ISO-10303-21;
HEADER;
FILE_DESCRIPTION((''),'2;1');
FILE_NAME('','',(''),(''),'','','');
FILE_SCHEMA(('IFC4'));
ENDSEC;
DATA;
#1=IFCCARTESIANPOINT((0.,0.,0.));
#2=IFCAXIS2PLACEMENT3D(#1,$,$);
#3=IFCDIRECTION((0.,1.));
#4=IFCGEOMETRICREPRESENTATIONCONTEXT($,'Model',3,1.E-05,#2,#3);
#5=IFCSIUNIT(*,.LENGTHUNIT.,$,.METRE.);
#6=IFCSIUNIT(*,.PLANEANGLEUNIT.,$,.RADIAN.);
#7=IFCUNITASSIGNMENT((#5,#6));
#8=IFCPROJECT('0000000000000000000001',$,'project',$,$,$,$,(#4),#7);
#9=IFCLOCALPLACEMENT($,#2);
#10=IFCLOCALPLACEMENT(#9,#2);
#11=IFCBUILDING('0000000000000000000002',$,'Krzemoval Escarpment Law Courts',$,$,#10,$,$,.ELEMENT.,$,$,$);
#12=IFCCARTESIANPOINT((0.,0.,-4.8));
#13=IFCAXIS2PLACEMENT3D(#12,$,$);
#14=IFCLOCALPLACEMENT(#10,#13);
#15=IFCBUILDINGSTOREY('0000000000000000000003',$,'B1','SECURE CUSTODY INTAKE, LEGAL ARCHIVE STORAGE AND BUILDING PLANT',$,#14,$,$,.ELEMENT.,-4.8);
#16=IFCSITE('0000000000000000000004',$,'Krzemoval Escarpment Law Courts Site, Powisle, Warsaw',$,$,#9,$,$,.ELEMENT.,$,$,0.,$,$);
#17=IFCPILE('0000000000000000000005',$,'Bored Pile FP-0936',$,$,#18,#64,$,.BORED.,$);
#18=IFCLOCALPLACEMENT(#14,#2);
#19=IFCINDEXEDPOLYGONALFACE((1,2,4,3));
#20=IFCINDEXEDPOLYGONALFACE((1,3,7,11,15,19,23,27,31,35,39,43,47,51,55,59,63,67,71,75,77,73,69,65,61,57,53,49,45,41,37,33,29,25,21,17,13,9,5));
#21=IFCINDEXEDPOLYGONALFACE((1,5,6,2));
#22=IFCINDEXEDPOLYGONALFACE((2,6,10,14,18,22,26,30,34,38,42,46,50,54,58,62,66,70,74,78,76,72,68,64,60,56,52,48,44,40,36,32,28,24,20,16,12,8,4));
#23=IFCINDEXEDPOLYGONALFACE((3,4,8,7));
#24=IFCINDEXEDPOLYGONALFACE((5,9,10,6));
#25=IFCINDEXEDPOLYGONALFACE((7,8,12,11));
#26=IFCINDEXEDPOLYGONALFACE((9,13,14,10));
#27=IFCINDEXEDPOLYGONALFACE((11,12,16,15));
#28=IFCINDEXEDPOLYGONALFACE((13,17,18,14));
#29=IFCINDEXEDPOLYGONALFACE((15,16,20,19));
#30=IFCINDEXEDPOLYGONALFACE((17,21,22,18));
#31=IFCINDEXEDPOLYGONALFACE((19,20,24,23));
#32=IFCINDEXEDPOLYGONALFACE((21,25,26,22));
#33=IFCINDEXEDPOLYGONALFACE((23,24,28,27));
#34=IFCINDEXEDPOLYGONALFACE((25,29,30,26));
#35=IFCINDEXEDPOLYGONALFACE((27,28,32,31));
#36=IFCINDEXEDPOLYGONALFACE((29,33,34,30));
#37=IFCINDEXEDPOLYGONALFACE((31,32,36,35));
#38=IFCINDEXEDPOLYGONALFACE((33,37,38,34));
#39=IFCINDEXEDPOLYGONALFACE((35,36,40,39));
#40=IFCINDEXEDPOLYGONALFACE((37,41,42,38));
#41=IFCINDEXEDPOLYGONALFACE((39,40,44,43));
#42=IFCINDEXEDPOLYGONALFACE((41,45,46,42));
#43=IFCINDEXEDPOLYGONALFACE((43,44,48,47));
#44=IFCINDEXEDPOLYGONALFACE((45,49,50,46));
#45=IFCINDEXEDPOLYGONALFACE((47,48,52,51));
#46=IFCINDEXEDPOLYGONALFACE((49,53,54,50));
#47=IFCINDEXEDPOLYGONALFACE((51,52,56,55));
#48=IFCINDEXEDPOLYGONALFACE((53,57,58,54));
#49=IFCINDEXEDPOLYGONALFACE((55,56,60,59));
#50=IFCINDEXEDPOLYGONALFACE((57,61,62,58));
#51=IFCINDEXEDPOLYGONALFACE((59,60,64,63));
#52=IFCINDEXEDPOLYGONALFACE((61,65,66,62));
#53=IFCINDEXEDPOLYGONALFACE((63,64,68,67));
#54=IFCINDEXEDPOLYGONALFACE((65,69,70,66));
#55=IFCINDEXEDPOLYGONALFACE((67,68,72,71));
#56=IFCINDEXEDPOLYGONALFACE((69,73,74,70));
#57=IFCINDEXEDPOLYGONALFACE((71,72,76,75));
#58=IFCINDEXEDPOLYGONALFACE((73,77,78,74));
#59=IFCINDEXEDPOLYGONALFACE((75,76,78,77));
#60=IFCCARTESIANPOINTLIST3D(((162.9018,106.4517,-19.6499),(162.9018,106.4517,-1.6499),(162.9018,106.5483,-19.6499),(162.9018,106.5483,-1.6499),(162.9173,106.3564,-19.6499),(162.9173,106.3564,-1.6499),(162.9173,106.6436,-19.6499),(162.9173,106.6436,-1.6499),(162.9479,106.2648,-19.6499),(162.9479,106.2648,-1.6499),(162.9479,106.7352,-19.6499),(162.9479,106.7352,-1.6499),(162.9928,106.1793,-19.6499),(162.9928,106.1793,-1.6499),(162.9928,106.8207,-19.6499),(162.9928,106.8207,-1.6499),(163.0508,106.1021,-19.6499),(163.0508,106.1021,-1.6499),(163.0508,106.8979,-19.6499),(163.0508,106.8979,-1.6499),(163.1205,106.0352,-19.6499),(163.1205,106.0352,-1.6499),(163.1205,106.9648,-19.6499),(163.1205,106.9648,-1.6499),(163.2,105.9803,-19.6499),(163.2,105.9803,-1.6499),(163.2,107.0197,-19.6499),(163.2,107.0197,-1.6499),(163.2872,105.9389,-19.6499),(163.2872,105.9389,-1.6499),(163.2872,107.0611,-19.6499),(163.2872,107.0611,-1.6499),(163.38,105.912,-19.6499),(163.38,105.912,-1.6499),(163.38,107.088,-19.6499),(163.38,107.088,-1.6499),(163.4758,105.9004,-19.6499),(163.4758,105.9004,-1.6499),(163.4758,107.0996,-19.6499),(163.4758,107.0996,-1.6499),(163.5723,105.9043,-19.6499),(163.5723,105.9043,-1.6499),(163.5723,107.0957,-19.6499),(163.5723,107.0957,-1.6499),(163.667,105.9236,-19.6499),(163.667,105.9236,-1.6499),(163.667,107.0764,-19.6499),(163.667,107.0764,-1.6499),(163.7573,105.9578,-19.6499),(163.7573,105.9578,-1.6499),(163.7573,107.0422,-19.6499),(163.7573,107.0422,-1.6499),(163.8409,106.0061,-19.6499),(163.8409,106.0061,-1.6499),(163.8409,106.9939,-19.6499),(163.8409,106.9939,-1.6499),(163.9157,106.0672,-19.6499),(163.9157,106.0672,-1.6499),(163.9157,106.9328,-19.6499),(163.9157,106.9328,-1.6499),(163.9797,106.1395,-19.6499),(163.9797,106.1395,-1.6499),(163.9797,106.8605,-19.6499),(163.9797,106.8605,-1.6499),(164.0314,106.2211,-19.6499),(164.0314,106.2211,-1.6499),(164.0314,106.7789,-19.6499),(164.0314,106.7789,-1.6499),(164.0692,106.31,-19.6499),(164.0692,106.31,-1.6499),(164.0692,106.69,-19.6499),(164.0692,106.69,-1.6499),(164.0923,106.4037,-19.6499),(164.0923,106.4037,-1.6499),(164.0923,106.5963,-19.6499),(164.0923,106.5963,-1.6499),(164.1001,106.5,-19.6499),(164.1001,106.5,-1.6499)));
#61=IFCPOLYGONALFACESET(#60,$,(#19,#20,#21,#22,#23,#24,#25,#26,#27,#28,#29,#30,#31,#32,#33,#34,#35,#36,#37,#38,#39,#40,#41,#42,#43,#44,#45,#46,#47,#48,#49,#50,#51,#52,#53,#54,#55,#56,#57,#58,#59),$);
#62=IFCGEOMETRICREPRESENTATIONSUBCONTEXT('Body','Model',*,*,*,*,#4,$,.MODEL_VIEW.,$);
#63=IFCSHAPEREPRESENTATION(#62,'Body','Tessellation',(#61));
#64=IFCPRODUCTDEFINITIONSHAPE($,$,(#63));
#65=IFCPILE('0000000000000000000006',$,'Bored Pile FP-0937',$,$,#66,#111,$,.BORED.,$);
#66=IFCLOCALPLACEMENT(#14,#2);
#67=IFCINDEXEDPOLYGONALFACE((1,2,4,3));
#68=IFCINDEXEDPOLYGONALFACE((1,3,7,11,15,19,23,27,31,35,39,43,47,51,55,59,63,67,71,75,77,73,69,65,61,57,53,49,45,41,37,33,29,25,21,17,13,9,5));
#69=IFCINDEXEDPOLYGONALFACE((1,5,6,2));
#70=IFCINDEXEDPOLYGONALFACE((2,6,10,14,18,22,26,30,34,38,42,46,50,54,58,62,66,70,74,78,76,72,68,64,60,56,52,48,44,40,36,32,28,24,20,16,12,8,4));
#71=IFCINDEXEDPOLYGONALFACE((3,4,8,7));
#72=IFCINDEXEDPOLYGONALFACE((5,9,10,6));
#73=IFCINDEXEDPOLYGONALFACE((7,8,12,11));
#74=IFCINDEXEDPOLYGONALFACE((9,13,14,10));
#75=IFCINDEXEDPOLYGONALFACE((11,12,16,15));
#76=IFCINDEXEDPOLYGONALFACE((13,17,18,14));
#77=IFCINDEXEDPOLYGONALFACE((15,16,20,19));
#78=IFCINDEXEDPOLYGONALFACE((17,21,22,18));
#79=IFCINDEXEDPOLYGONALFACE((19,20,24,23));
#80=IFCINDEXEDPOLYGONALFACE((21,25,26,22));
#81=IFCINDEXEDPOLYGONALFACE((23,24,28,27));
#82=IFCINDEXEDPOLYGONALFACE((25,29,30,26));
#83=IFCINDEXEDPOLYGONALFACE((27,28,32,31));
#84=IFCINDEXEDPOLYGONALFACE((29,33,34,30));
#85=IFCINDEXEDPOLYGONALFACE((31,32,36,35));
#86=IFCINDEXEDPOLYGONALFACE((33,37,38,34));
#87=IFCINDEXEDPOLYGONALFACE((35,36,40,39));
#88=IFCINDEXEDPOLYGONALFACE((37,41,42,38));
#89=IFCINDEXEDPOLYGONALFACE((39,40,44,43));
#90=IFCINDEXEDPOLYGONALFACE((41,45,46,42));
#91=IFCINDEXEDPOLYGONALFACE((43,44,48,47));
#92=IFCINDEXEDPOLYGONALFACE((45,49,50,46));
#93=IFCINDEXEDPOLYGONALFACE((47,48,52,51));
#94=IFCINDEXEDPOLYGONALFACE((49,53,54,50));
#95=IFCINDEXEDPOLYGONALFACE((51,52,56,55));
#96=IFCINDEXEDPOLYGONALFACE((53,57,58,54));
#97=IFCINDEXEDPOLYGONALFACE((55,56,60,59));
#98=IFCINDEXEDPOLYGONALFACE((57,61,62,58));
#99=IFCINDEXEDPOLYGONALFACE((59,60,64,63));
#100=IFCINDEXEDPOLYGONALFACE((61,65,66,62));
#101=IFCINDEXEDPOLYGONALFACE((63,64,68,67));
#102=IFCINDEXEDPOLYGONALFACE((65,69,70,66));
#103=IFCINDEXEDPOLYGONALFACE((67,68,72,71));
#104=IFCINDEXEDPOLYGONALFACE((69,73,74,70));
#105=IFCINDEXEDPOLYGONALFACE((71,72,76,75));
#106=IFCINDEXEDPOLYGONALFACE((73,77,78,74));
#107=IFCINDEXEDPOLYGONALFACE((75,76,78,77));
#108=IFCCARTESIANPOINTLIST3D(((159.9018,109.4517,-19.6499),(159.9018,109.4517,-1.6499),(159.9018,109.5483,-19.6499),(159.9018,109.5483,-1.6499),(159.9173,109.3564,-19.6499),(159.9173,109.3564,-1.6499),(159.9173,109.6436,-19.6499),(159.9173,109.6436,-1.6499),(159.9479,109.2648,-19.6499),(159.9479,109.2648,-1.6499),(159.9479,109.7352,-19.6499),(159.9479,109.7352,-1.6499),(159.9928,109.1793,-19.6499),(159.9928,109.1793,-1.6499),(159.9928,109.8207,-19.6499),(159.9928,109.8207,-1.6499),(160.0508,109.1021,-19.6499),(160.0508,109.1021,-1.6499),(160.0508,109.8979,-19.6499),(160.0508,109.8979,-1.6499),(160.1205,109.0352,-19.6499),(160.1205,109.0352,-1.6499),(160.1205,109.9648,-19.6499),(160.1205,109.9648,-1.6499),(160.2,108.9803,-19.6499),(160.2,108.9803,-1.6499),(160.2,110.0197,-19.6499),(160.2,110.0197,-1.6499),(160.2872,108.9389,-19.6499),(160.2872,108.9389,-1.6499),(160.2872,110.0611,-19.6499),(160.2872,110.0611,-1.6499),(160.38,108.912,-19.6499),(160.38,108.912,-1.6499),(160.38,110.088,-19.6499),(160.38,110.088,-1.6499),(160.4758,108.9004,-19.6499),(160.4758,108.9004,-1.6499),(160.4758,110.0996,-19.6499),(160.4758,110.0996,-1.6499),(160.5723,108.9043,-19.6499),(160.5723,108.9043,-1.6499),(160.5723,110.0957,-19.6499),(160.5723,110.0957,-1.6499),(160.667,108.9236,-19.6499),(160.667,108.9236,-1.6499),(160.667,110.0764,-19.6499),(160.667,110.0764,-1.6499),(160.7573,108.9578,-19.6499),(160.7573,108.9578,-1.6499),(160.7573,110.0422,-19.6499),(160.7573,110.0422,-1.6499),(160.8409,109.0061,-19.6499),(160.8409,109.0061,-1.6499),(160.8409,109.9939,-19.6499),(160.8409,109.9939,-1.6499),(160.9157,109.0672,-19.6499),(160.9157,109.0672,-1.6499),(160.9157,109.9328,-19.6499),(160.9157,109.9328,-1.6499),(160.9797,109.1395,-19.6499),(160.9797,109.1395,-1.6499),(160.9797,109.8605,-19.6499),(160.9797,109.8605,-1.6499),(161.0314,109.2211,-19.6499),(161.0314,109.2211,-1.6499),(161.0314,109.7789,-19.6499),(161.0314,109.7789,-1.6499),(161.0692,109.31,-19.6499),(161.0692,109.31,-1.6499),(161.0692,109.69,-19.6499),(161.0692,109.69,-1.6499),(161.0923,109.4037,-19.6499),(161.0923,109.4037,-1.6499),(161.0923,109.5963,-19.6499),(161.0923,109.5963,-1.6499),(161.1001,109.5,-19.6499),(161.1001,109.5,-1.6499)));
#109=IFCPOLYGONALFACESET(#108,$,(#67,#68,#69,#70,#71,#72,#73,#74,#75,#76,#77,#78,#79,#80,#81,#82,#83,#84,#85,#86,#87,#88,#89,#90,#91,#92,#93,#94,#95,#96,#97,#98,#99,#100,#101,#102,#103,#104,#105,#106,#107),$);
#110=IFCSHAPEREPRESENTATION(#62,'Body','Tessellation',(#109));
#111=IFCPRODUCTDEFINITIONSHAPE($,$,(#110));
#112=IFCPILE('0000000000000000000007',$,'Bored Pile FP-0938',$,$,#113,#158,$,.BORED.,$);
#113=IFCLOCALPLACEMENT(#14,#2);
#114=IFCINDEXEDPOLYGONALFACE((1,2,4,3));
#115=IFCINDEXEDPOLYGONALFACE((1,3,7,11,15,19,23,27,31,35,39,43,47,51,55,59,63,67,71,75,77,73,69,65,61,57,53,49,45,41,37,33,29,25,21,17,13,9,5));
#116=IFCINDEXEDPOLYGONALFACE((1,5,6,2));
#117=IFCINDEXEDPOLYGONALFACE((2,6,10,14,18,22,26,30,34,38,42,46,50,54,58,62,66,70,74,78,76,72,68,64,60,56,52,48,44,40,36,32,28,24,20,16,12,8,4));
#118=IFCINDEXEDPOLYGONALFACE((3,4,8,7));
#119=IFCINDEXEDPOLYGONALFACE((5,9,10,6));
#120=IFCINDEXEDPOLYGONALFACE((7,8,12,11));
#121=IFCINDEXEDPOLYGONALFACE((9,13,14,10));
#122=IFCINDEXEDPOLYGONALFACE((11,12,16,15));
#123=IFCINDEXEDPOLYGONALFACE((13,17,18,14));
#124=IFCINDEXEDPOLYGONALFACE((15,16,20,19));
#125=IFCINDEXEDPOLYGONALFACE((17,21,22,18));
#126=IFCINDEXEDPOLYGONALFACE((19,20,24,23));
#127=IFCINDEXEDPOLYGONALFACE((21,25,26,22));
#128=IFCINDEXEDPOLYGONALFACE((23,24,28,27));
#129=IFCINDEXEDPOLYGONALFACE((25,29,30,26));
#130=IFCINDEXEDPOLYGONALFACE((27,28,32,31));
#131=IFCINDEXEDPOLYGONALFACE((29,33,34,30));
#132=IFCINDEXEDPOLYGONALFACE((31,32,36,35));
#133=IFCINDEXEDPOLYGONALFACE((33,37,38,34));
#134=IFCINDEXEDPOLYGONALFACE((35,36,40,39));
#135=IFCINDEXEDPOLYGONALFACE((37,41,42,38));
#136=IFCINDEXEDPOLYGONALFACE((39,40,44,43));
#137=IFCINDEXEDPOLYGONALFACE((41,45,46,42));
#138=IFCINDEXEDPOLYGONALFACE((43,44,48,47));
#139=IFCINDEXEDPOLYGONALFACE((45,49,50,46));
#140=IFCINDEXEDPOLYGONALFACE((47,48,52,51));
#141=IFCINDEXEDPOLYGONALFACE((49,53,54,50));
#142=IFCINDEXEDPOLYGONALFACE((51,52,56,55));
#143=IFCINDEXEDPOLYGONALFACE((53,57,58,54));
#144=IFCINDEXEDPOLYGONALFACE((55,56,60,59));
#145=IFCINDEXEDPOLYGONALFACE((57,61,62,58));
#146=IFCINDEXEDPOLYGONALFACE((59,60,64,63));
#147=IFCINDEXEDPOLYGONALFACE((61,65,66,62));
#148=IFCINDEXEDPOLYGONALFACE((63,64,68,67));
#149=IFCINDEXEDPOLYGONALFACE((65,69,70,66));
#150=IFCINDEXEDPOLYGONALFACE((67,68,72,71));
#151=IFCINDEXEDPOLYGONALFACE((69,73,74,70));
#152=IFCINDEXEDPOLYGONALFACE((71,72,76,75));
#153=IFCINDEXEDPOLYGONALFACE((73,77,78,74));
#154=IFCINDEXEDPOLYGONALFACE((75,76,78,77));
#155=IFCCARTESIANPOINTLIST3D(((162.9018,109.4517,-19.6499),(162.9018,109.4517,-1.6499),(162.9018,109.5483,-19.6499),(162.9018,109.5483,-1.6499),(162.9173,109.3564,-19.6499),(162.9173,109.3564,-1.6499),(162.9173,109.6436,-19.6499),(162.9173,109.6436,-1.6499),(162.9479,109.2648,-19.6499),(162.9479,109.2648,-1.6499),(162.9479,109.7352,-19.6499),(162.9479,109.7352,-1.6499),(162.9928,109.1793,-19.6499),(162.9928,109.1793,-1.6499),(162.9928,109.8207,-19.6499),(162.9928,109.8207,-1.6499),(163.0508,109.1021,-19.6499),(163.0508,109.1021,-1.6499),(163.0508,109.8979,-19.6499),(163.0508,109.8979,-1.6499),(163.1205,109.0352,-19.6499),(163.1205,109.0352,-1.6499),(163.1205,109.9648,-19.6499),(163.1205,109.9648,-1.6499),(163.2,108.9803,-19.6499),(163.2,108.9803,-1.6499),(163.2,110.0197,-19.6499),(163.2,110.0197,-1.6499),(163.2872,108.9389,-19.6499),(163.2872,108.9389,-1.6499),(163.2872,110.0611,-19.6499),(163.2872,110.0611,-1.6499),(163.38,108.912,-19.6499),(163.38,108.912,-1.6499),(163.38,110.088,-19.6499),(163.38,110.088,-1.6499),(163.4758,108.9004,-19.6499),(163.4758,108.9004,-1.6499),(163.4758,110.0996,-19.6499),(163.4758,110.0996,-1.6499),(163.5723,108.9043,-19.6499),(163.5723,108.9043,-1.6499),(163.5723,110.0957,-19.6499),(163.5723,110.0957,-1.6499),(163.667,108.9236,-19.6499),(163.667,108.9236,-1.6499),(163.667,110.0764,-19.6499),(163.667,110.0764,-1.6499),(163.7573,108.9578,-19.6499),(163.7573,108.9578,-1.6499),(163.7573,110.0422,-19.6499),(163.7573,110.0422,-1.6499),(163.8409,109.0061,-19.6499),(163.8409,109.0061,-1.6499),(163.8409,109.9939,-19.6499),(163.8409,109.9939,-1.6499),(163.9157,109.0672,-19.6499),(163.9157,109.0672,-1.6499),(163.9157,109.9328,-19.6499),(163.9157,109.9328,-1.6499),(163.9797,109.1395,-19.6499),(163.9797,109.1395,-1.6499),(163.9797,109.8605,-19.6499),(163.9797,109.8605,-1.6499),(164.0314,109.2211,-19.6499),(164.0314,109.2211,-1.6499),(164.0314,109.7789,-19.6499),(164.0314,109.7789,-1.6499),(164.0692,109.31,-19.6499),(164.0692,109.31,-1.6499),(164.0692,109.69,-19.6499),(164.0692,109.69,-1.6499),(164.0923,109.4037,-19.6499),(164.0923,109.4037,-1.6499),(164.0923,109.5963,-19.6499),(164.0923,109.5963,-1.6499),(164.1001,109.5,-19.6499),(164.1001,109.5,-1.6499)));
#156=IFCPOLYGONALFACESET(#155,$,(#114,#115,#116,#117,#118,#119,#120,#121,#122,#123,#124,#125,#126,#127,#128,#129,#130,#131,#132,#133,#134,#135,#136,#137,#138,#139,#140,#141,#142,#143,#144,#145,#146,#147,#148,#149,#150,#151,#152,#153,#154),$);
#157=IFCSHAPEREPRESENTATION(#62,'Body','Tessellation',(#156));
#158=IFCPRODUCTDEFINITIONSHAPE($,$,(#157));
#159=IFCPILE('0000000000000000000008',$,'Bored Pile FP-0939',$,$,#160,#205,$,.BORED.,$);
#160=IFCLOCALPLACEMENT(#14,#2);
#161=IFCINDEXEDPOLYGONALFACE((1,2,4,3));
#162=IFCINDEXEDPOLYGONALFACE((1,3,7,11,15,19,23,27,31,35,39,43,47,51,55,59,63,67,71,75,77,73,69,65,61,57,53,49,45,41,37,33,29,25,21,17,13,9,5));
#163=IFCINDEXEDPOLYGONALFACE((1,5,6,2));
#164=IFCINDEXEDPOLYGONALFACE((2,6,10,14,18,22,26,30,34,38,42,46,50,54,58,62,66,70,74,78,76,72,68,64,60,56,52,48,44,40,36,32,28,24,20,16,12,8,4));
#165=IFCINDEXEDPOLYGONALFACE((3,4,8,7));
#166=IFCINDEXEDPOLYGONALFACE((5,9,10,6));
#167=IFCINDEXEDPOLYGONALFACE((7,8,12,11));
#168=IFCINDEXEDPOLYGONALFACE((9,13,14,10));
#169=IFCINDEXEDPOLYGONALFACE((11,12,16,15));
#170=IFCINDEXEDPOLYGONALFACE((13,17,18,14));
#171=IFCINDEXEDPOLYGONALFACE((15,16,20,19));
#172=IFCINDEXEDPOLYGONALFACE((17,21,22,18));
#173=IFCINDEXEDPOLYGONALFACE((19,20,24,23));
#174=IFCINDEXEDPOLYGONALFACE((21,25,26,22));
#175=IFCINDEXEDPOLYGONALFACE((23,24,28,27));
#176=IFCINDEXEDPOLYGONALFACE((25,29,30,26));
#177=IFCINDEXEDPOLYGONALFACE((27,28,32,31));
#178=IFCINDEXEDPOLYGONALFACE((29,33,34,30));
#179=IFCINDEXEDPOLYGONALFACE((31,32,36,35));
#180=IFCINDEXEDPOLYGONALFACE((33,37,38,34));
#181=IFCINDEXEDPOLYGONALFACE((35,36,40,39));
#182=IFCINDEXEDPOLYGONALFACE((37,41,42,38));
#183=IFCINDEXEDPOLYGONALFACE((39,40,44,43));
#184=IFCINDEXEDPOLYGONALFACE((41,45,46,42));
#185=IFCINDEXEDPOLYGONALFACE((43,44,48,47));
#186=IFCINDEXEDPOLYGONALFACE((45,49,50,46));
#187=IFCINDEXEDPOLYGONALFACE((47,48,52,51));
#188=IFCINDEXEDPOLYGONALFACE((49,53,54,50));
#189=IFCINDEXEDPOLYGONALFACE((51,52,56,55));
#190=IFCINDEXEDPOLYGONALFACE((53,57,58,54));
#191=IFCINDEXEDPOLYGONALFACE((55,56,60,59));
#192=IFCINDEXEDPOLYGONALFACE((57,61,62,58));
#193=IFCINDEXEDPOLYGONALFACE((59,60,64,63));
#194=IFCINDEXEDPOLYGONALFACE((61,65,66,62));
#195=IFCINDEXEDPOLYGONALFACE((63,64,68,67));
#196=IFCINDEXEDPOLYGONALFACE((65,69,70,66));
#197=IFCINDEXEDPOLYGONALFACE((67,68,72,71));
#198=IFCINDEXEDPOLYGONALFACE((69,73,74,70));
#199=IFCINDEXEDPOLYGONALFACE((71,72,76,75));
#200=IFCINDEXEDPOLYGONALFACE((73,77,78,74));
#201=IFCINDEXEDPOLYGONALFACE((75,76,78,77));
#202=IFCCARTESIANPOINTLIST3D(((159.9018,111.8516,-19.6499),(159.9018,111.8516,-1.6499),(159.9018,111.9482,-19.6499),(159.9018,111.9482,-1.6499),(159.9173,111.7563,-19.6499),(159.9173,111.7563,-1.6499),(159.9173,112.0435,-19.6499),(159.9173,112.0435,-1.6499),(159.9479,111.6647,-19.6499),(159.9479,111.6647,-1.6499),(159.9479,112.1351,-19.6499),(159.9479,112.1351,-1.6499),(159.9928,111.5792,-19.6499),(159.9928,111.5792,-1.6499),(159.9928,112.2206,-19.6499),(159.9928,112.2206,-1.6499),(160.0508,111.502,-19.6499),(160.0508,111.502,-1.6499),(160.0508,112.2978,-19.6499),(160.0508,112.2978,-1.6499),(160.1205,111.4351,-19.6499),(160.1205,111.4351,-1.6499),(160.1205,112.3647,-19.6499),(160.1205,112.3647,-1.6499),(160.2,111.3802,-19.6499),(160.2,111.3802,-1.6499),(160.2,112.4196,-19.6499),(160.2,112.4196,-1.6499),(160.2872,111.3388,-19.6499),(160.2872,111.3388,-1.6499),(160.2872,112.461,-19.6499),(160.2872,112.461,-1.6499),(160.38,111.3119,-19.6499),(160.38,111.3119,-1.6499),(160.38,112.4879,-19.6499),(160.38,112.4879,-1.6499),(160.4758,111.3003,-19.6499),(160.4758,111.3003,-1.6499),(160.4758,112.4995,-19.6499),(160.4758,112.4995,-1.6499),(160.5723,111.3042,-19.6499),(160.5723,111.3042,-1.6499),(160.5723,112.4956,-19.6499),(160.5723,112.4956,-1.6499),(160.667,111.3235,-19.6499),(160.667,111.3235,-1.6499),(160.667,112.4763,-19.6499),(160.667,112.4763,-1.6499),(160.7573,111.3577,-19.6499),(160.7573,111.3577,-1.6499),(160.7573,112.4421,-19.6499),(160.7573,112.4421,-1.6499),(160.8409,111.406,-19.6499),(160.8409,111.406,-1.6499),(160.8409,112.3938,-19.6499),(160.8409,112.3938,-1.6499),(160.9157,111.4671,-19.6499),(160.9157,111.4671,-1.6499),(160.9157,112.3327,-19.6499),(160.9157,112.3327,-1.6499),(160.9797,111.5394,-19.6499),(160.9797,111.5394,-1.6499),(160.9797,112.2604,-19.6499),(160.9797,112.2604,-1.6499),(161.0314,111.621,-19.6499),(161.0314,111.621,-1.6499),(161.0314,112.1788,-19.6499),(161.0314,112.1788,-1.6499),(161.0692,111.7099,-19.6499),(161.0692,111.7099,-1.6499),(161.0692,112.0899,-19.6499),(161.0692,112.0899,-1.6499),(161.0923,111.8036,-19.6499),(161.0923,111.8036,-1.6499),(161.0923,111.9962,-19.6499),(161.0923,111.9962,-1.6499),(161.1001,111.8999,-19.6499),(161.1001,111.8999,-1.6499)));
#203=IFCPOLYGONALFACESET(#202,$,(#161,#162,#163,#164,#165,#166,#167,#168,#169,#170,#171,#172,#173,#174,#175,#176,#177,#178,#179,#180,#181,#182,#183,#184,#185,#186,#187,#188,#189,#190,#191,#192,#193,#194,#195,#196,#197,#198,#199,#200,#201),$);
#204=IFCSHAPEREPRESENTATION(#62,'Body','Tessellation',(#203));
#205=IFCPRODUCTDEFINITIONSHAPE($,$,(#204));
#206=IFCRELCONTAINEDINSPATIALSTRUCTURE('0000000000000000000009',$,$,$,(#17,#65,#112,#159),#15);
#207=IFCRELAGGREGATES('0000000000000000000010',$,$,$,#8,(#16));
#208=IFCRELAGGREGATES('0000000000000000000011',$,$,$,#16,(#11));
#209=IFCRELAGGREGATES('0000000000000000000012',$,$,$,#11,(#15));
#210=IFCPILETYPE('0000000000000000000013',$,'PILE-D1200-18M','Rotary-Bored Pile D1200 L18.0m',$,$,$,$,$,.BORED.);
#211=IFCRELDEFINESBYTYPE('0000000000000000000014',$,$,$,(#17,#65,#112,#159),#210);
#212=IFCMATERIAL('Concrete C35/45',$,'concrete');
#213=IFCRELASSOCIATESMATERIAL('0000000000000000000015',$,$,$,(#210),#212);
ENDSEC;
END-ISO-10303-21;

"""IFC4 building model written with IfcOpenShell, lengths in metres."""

from ifc_helpers import new_model, si_unit, direction, frame, origin, origin_2d, place, context, subcontext, project, spatial, circle, extrude, material, material_profile, profile_set, type_object, element, save


model = new_model("IFC4")

# Units and contexts
model_context = context("Model", 3, precision=1e-05, world=origin(), true_north=direction((0.0, 1.0)))
body_context = subcontext(model_context, "Body", "Model", "MODEL_VIEW")
ifc_project = project(units=[si_unit("LENGTHUNIT", "METRE"), si_unit("PLANEANGLEUNIT", "RADIAN")], contexts=[model_context])

# Site, building, storey
site_placement = place(None, origin())
site = spatial("IfcSite", under=ifc_project, at=site_placement, Name="Krzemoval Escarpment Law Courts Site, Powisle, Warsaw", CompositionType="ELEMENT", RefElevation=0.0)
building_placement = place(site_placement, origin())
building = spatial("IfcBuilding", under=site, at=building_placement, Name="Krzemoval Escarpment Law Courts", CompositionType="ELEMENT")
storey_placement = place(building_placement, frame((0.0, 0.0, -4.8)))
storey = spatial("IfcBuildingStorey", under=building, at=storey_placement, Name="B1", Description="SECURE CUSTODY INTAKE, LEGAL ARCHIVE STORAGE AND BUILDING PLANT", CompositionType="ELEMENT", Elevation=-4.8)

# Piles
ifc_material_1 = material(Name="Concrete C35/45", Category="concrete")
ifc_material_profile_1 = material_profile(ifc_material_1, circle(Radius=0.6001, at=origin_2d()), Name="PILE D1200")
ifc_profile_set_1 = profile_set([ifc_material_profile_1], Name="Concrete C35/45")
pile_type = type_object("IfcPileType", Name="PILE-D1200-18M", Description="Rotary-Bored Pile D1200 L18.0m", PredefinedType="BORED", material=ifc_profile_set_1)
for number, where, z_axis, x_axis, name in (
    (1, (163.5, 106.5, -1.6499), (0.0, 0.0, -1.0), (1.0, 0.0, 0.0), "Bored Pile FP-0936"),
    (2, (160.5, 109.5, -1.6499), (0.0, 0.0, -1.0), (1.0, 0.0, 0.0), "Bored Pile FP-0937"),
    (3, (163.5, 109.5, -1.6499), (0.0, 0.0, -1.0), (1.0, 0.0, 0.0), "Bored Pile FP-0938"),
    (4, (160.5, 111.8999, -1.6499), (0.0, 0.0, -1.0), (1.0, 0.0, 0.0), "Bored Pile FP-0939"),
):
    element("IfcPile", number, at=place(storey_placement, frame(where, z_axis=z_axis, x_axis=x_axis)), inside=storey, type_object=pile_type, Name=name, PredefinedType="BORED", context=body_context, shape_type="SweptSolid", body=[
        extrude(circle(Radius=0.6001, at=origin_2d()), origin(), (0.0, 0.0, 1.0), 18.0),
    ])

save(model, "model.ifc")
